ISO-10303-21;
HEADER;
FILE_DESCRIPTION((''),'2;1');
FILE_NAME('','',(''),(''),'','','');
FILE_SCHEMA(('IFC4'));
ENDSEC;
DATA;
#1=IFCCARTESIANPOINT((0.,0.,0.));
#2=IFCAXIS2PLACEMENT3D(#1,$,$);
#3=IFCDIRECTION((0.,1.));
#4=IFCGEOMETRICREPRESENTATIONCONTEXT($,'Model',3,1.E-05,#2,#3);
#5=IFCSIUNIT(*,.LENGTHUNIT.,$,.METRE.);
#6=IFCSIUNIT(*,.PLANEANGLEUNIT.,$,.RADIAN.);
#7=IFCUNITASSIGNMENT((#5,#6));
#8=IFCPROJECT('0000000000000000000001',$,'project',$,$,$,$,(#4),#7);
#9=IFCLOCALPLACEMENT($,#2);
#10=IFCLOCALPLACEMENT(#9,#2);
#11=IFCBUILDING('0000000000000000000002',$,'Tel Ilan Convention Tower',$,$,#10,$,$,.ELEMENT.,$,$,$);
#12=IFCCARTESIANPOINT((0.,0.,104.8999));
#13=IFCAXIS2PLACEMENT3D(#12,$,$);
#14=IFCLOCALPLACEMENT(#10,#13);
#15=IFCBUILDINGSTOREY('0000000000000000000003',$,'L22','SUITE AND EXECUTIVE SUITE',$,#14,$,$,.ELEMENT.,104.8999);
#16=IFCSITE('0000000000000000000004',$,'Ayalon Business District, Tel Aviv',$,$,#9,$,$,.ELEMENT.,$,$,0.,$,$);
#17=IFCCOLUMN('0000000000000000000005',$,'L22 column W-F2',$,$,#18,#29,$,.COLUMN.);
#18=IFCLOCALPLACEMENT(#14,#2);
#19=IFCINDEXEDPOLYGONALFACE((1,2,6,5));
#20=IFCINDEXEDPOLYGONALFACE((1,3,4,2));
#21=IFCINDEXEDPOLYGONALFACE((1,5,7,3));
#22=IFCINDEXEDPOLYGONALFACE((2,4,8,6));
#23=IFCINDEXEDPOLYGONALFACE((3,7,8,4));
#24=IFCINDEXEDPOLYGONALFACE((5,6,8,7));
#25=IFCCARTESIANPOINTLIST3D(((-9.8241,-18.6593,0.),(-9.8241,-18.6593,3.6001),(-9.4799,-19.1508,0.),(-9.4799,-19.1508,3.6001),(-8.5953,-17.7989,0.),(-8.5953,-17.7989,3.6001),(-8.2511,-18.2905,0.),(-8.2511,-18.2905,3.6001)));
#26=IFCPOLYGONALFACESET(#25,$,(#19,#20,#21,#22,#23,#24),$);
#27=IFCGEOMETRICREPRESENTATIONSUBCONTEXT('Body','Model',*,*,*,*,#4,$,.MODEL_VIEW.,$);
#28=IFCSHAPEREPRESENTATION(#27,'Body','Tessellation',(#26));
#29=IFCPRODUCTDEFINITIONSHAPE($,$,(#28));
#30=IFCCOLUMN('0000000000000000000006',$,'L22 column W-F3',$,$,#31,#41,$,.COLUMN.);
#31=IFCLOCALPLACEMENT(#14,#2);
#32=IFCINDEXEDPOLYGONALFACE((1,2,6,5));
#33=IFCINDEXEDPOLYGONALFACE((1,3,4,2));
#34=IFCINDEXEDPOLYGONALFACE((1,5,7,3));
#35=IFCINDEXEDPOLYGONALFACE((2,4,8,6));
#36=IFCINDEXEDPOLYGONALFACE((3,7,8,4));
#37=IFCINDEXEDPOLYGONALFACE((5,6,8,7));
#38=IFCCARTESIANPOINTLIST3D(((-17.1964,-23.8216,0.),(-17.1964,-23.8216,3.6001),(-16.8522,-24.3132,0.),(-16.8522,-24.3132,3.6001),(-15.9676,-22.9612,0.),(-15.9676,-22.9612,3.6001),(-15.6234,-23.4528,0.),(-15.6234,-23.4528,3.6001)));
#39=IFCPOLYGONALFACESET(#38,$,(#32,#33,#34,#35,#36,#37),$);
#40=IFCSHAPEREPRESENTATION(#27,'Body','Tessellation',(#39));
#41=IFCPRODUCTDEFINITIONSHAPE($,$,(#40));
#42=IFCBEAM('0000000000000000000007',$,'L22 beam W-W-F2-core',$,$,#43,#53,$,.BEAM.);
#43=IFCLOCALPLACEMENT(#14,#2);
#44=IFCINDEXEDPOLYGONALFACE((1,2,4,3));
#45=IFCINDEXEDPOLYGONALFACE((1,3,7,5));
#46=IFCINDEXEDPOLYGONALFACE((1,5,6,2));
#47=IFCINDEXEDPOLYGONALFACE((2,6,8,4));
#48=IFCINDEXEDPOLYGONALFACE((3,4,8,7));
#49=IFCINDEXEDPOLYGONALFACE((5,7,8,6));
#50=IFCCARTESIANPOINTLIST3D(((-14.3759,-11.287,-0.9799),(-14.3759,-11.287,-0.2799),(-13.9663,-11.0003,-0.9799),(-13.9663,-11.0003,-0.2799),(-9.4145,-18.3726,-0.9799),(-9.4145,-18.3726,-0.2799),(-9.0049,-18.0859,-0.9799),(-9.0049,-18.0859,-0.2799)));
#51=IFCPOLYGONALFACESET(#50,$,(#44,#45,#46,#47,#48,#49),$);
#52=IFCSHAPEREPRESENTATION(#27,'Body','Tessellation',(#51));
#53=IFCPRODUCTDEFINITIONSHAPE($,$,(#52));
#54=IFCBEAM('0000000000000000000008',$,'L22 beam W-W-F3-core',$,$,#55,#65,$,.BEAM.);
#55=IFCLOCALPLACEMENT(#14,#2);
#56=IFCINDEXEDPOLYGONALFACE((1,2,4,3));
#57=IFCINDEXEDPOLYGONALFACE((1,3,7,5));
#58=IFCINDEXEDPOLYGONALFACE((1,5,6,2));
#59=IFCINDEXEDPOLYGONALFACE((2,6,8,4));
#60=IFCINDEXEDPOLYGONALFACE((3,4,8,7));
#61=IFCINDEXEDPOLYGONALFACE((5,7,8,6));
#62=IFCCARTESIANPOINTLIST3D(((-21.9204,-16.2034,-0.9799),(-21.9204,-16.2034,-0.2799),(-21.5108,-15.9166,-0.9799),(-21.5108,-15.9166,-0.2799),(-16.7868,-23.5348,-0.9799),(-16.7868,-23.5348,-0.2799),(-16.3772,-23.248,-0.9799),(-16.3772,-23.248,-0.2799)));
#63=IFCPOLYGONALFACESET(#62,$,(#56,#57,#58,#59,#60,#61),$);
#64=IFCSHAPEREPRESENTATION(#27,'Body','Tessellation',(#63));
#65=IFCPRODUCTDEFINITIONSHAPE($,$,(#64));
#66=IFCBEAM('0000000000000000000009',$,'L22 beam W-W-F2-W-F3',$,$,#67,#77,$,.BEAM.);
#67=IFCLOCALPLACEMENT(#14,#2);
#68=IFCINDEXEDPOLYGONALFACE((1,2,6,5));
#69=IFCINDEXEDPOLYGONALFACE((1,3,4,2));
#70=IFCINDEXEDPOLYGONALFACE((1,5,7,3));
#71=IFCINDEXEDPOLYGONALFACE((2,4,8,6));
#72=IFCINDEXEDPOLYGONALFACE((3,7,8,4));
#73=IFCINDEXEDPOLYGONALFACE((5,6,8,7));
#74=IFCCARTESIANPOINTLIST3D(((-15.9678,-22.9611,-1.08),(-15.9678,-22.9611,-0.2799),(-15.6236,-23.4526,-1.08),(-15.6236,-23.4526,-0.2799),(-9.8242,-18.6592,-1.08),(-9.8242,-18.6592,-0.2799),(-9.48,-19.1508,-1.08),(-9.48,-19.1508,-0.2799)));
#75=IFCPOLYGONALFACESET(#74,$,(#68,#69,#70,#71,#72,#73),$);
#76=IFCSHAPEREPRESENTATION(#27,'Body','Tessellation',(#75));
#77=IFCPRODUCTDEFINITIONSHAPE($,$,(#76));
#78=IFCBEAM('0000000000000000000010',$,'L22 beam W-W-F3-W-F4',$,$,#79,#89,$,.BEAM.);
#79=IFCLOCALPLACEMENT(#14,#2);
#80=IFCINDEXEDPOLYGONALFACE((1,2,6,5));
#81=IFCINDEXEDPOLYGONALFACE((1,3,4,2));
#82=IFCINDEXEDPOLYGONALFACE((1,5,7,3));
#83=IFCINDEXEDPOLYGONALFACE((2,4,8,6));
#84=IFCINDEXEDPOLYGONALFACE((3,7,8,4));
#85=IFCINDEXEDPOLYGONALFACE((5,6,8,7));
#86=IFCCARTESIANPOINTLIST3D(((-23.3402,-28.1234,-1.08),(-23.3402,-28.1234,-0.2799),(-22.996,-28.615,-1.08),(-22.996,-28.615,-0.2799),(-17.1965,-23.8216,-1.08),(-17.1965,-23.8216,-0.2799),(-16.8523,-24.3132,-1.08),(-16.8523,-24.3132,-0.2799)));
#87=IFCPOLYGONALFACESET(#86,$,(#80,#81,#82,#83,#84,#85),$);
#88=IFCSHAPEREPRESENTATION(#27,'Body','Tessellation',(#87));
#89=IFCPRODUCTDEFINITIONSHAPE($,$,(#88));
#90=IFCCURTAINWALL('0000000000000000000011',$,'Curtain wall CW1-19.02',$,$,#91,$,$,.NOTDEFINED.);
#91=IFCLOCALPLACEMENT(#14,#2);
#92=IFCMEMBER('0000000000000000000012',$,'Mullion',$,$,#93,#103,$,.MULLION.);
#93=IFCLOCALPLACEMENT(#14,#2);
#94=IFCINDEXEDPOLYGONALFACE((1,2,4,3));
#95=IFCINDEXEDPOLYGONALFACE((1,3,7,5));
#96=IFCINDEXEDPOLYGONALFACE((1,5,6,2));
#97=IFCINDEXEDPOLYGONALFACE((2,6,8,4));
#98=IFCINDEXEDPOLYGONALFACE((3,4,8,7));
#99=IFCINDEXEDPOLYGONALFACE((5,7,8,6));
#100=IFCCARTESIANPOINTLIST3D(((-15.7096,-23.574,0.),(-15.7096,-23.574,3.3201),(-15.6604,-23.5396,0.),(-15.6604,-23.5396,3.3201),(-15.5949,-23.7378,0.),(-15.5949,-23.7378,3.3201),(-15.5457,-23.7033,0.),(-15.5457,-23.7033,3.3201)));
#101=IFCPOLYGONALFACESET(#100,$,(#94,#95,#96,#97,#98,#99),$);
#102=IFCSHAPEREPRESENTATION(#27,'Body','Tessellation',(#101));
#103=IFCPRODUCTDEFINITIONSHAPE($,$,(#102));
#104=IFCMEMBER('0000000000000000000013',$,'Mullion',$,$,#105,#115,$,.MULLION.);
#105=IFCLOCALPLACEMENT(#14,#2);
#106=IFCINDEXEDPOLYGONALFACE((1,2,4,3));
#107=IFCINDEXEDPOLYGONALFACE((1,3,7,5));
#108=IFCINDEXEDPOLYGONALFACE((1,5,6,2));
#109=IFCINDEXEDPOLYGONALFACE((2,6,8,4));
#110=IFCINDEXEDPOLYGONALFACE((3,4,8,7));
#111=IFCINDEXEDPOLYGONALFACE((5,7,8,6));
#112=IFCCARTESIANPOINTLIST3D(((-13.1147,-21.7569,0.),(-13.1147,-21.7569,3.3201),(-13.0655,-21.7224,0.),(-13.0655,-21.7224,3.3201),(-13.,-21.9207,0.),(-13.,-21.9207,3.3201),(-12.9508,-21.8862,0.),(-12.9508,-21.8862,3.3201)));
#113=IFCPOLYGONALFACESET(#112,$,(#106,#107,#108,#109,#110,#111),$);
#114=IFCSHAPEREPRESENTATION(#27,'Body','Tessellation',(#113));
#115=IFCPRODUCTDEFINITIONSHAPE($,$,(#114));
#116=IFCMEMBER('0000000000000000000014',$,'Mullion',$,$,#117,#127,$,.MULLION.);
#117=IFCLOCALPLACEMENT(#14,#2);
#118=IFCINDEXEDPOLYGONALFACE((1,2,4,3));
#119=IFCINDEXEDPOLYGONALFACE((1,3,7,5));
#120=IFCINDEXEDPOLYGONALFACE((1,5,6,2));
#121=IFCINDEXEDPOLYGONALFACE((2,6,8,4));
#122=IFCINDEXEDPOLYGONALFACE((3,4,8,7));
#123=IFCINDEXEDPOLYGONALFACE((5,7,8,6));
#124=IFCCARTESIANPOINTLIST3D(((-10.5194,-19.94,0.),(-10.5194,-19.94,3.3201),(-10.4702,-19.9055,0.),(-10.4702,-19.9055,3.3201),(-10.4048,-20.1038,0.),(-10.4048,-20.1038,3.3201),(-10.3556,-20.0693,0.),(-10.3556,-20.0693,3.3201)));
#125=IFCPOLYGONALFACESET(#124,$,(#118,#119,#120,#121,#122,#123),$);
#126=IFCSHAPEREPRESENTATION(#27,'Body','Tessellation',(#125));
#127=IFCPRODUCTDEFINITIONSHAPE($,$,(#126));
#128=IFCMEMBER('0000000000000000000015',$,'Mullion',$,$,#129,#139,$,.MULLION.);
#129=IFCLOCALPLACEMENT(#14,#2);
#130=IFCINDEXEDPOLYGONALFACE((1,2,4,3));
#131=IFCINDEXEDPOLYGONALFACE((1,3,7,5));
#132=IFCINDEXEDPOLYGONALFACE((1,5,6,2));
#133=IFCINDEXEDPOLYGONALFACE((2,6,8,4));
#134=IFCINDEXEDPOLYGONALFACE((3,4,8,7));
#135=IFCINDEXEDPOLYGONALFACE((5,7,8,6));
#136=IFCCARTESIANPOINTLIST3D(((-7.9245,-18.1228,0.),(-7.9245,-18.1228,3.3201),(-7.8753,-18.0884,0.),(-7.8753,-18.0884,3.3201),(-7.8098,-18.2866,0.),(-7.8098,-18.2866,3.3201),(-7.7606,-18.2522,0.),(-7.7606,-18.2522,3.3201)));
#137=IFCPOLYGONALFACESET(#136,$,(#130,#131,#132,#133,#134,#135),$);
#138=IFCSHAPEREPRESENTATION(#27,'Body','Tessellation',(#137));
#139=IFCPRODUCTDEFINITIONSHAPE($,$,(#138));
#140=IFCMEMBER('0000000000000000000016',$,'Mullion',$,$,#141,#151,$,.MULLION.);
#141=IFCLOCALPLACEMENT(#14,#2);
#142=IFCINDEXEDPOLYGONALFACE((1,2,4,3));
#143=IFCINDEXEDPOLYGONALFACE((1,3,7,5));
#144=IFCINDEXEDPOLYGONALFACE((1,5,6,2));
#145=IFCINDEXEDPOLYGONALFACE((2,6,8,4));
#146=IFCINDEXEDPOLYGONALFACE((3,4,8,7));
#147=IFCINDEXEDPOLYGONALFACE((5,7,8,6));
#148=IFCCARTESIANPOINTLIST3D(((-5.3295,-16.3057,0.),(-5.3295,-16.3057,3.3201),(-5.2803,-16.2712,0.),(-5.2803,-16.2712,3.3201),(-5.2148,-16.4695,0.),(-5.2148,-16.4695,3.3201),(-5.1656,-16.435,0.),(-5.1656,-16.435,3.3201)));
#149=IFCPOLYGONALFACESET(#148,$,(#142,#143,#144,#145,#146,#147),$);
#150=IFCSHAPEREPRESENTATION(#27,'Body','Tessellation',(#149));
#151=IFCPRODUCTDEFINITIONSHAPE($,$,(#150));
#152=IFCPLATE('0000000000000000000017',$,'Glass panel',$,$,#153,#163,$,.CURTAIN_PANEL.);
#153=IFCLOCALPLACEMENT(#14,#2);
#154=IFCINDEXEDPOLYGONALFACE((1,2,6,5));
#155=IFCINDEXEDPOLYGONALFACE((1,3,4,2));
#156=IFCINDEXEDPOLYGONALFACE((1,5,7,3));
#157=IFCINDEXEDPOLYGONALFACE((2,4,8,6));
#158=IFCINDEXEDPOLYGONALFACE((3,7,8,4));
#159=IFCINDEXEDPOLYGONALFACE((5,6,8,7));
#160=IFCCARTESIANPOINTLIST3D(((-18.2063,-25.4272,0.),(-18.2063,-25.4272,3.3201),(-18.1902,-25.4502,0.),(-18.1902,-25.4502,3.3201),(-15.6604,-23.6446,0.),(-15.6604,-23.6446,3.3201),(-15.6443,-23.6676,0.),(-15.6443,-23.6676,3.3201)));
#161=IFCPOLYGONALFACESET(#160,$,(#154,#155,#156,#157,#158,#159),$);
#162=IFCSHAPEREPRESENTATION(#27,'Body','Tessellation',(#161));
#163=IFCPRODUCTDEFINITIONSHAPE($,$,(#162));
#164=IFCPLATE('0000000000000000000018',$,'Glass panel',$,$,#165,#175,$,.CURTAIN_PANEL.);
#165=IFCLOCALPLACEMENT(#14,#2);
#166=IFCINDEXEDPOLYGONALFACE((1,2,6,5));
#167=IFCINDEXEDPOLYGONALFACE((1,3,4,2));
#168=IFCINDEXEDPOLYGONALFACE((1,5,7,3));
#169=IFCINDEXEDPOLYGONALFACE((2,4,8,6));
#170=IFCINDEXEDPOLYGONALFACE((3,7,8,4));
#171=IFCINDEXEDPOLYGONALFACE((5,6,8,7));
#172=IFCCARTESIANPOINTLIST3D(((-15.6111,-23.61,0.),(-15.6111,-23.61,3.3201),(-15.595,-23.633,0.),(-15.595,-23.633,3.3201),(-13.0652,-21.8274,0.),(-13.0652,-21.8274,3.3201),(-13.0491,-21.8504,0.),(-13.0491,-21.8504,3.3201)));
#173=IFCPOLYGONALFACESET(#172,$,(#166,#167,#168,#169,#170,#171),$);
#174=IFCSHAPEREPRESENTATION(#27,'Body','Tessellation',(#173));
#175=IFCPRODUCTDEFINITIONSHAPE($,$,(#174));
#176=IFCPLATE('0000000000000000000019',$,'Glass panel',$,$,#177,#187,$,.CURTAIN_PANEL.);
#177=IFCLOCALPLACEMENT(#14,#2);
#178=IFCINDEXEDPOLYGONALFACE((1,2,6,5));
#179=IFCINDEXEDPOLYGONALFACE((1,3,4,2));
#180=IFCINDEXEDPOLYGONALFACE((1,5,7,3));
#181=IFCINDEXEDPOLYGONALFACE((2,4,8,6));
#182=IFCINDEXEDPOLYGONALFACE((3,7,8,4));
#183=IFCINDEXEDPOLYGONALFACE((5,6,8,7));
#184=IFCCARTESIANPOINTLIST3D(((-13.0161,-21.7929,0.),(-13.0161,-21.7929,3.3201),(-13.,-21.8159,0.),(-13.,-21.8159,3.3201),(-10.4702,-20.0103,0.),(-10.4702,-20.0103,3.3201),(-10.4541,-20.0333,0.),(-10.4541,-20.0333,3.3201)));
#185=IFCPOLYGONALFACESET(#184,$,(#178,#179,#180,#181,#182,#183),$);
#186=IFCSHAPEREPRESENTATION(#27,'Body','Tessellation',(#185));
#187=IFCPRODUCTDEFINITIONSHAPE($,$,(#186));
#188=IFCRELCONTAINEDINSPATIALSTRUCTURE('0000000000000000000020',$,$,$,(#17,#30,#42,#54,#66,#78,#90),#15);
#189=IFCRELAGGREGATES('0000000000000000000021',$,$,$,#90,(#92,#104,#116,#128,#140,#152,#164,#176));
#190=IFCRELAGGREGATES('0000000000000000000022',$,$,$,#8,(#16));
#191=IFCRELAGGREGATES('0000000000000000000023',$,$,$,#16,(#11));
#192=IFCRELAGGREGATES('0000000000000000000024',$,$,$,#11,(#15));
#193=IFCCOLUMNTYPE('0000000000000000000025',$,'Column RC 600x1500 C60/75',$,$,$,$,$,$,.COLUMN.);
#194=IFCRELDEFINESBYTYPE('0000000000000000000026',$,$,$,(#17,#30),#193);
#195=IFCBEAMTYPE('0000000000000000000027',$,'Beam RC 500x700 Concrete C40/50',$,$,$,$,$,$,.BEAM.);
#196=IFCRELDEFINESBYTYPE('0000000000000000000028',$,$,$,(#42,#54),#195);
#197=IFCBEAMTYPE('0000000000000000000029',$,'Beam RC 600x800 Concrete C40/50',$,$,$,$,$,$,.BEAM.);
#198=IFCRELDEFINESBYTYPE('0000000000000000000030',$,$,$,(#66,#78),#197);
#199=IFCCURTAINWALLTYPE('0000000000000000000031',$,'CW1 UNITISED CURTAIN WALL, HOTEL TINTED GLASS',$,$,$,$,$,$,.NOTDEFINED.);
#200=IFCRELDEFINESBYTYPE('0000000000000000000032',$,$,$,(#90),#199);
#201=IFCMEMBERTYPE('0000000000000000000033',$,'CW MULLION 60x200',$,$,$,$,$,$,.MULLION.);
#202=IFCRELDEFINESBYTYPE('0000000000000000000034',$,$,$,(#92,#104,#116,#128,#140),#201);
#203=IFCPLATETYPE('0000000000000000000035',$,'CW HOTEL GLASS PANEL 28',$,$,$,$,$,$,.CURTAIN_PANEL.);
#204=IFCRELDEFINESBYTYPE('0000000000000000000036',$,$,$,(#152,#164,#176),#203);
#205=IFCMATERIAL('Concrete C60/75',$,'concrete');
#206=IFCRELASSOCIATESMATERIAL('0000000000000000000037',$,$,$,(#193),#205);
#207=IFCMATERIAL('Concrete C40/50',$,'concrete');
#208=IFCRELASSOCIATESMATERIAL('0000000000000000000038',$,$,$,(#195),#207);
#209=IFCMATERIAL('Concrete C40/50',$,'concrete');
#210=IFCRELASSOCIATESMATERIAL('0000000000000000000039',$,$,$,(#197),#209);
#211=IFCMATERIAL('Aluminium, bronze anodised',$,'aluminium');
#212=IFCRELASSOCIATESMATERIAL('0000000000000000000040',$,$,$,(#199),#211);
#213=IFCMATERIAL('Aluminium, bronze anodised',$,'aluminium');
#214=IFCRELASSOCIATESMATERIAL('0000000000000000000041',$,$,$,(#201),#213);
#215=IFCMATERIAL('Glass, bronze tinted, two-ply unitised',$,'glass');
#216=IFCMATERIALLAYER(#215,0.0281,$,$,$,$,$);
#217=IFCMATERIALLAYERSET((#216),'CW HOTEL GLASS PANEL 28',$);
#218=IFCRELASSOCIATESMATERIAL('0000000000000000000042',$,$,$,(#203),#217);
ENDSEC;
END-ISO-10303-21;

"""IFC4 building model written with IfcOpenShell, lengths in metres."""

from ifc_helpers import new_model, si_unit, direction, frame, origin, origin_2d, place, context, subcontext, project, spatial, rectangle, extrude, material, layer, layer_set, material_profile, profile_set, type_object, element, aggregate, save


model = new_model("IFC4")

# Units and contexts
model_context = context("Model", 3, precision=1e-05, world=origin(), true_north=direction((0.0, 1.0)))
body_context = subcontext(model_context, "Body", "Model", "MODEL_VIEW")
ifc_project = project(units=[si_unit("LENGTHUNIT", "METRE"), si_unit("PLANEANGLEUNIT", "RADIAN")], contexts=[model_context])

# Site, building, storey
site_placement = place(None, origin())
site = spatial("IfcSite", under=ifc_project, at=site_placement, Name="Ayalon Business District, Tel Aviv", CompositionType="ELEMENT", RefElevation=0.0)
building_placement = place(site_placement, origin())
building = spatial("IfcBuilding", under=site, at=building_placement, Name="Tel Ilan Convention Tower", CompositionType="ELEMENT")
storey_placement = place(building_placement, frame((0.0, 0.0, 104.8999)))
storey = spatial("IfcBuildingStorey", under=building, at=storey_placement, Name="L22", Description="SUITE AND EXECUTIVE SUITE", CompositionType="ELEMENT", Elevation=104.8999)

# Columns
ifc_material_1 = material(Name="Concrete C60/75", Category="concrete")
ifc_material_profile_1 = material_profile(ifc_material_1, rectangle(XDim=1.5, YDim=0.6001, at=origin_2d()), Name="RC 600x1500")
ifc_profile_set_1 = profile_set([ifc_material_profile_1], Name="Concrete C60/75")
column_type = type_object("IfcColumnType", Name="Column RC 600x1500 C60/75", PredefinedType="COLUMN", material=ifc_profile_set_1)
for number, where, z_axis, x_axis, name in (
    (1, (-9.0376, -18.4749, 0.0), (0.0, 0.0, 1.0), (-0.819152, -0.573576, 0.0), "L22 column W-F2"),
    (2, (-16.4099, -23.6372, 0.0), (0.0, 0.0, 1.0), (-0.819152, -0.573576, 0.0), "L22 column W-F3"),
):
    element("IfcColumn", number, at=place(storey_placement, frame(where, z_axis=z_axis, x_axis=x_axis)), inside=storey, type_object=column_type, Name=name, PredefinedType="COLUMN", context=body_context, shape_type="SweptSolid", body=[
        extrude(rectangle(XDim=1.5, YDim=0.6001, at=origin_2d()), origin(), (0.0, 0.0, 1.0), 3.6001),
    ])

# Beams
ifc_material_2 = material(Name="Concrete C40/50", Category="concrete")
ifc_material_profile_2 = material_profile(ifc_material_2, rectangle(XDim=0.5, YDim=0.7, at=origin_2d()), Name="RC 500x700")
ifc_profile_set_2 = profile_set([ifc_material_profile_2], Name="Concrete C40/50")
beam_type_1 = type_object("IfcBeamType", Name="Beam RC 500x700 Concrete C40/50", PredefinedType="BEAM", material=ifc_profile_set_2)
beam_1_placement = place(storey_placement, frame((-9.2097, -18.2292, -0.6299), z_axis=(-0.573574, 0.819154, 0.0), x_axis=(-0.819154, -0.573574, 0.0)))
element("IfcBeam", 3, at=beam_1_placement, inside=storey, type_object=beam_type_1, Name="L22 beam W-W-F2-core", PredefinedType="BEAM", context=body_context, shape_type="SweptSolid", body=[
    extrude(rectangle(XDim=0.5, YDim=0.7, at=origin_2d()), origin(), (0.0, 0.0, 1.0), 8.6499),
])
beam_2_placement = place(storey_placement, frame((-16.582, -23.3914, -0.6299), z_axis=(-0.573585, 0.819146, 0.0), x_axis=(-0.819146, -0.573585, 0.0)))
element("IfcBeam", 4, at=beam_2_placement, inside=storey, type_object=beam_type_1, Name="L22 beam W-W-F3-core", PredefinedType="BEAM", context=body_context, shape_type="SweptSolid", body=[
    extrude(rectangle(XDim=0.5, YDim=0.7, at=origin_2d()), origin(), (0.0, 0.0, 1.0), 8.95),
])
ifc_material_3 = material(Name="Concrete C40/50", Category="concrete")
ifc_material_profile_3 = material_profile(ifc_material_3, rectangle(XDim=0.6001, YDim=0.8, at=origin_2d()), Name="RC 600x800")
ifc_profile_set_3 = profile_set([ifc_material_profile_3], Name="Concrete C40/50")
beam_type_2 = type_object("IfcBeamType", Name="Beam RC 600x800 Concrete C40/50", PredefinedType="BEAM", material=ifc_profile_set_3)
for number, where, z_axis, x_axis, name in (
    (5, (-9.6521, -18.905, -0.6799), (-0.819152, -0.573576, 0.0), (0.573576, -0.819152, 0.0), "L22 beam W-W-F2-W-F3"),
    (6, (-17.0244, -24.0674, -0.6799), (-0.819152, -0.573576, 0.0), (0.573576, -0.819152, 0.0), "L22 beam W-W-F3-W-F4"),
):
    element("IfcBeam", number, at=place(storey_placement, frame(where, z_axis=z_axis, x_axis=x_axis)), inside=storey, type_object=beam_type_2, Name=name, PredefinedType="BEAM", context=body_context, shape_type="SweptSolid", body=[
        extrude(rectangle(XDim=0.6001, YDim=0.8, at=origin_2d()), origin(), (0.0, 0.0, 1.0), 7.5),
    ])

# Curtain wall, members, plates
ifc_material_4 = material(Name="Aluminium, bronze anodised", Category="aluminium")
curtain_wall_type = type_object("IfcCurtainWallType", Name="CW1 UNITISED CURTAIN WALL, HOTEL TINTED GLASS", PredefinedType="NOTDEFINED", material=ifc_material_4)
curtain_wall_placement = place(storey_placement, origin())
curtain_wall = element("IfcCurtainWall", 7, at=curtain_wall_placement, inside=storey, type_object=curtain_wall_type, Name="Curtain wall CW1-19.02", PredefinedType="NOTDEFINED")
ifc_material_5 = material(Name="Aluminium, bronze anodised", Category="aluminium")
ifc_material_profile_4 = material_profile(ifc_material_5, rectangle(XDim=0.0601, YDim=0.2, at=origin_2d()), Name="CW MULLION 60x200")
ifc_profile_set_4 = profile_set([ifc_material_profile_4], Name="Aluminium, bronze anodised")
member_type = type_object("IfcMemberType", Name="CW MULLION 60x200", PredefinedType="MULLION", material=ifc_profile_set_4)
member_1_placement = place(storey_placement, frame((-15.6277, -23.6387, 0.0), z_axis=(0.0, 0.0, 1.0), x_axis=(0.819152, 0.573576, 0.0)))
member_1 = element("IfcMember", 8, at=member_1_placement, type_object=member_type, Name="Mullion", PredefinedType="MULLION", context=body_context, shape_type="SweptSolid", body=[
    extrude(rectangle(XDim=0.0601, YDim=0.2, at=origin_2d()), origin(), (0.0, 0.0, 1.0), 3.3201),
])
member_2_placement = place(storey_placement, frame((-13.0327, -21.8215, 0.0), z_axis=(0.0, 0.0, 1.0), x_axis=(0.819152, 0.573576, 0.0)))
member_2 = element("IfcMember", 9, at=member_2_placement, type_object=member_type, Name="Mullion", PredefinedType="MULLION", context=body_context, shape_type="SweptSolid", body=[
    extrude(rectangle(XDim=0.0601, YDim=0.2, at=origin_2d()), origin(), (0.0, 0.0, 1.0), 3.3201),
])
member_3_placement = place(storey_placement, frame((-10.4375, -20.0046, 0.0), z_axis=(0.0, 0.0, 1.0), x_axis=(0.819152, 0.573576, 0.0)))
member_3 = element("IfcMember", 10, at=member_3_placement, type_object=member_type, Name="Mullion", PredefinedType="MULLION", context=body_context, shape_type="SweptSolid", body=[
    extrude(rectangle(XDim=0.0601, YDim=0.2, at=origin_2d()), origin(), (0.0, 0.0, 1.0), 3.3201),
])
member_4_placement = place(storey_placement, frame((-7.8425, -18.1875, 0.0), z_axis=(0.0, 0.0, 1.0), x_axis=(0.819152, 0.573576, 0.0)))
member_4 = element("IfcMember", 11, at=member_4_placement, type_object=member_type, Name="Mullion", PredefinedType="MULLION", context=body_context, shape_type="SweptSolid", body=[
    extrude(rectangle(XDim=0.0601, YDim=0.2, at=origin_2d()), origin(), (0.0, 0.0, 1.0), 3.3201),
])
member_5_placement = place(storey_placement, frame((-5.2476, -16.3704, 0.0), z_axis=(0.0, 0.0, 1.0), x_axis=(0.819152, 0.573576, 0.0)))
member_5 = element("IfcMember", 12, at=member_5_placement, type_object=member_type, Name="Mullion", PredefinedType="MULLION", context=body_context, shape_type="SweptSolid", body=[
    extrude(rectangle(XDim=0.0601, YDim=0.2, at=origin_2d()), origin(), (0.0, 0.0, 1.0), 3.3201),
])
ifc_material_6 = material(Name="Glass, bronze tinted, two-ply unitised", Category="glass")
ifc_layer_1 = layer(ifc_material_6, 0.0281)
ifc_layer_set_1 = layer_set([ifc_layer_1], Name="CW HOTEL GLASS PANEL 28")
plate_type = type_object("IfcPlateType", Name="CW HOTEL GLASS PANEL 28", PredefinedType="CURTAIN_PANEL", material=ifc_layer_set_1)
plate_1_placement = place(storey_placement, frame((-16.9253, -24.5474, 0.0), z_axis=(0.0, 0.0, 1.0), x_axis=(0.819152, 0.573576, 0.0)))
plate_1 = element("IfcPlate", 13, at=plate_1_placement, type_object=plate_type, Name="Glass panel", PredefinedType="CURTAIN_PANEL", context=body_context, shape_type="SweptSolid", body=[
    extrude(rectangle(XDim=3.1079, YDim=0.0281, at=origin_2d()), origin(), (0.0, 0.0, 1.0), 3.3201),
])
plate_2_placement = place(storey_placement, frame((-14.3301, -22.7302, 0.0), z_axis=(0.0, 0.0, 1.0), x_axis=(0.819152, 0.573576, 0.0)))
plate_2 = element("IfcPlate", 14, at=plate_2_placement, type_object=plate_type, Name="Glass panel", PredefinedType="CURTAIN_PANEL", context=body_context, shape_type="SweptSolid", body=[
    extrude(rectangle(XDim=3.1079, YDim=0.0281, at=origin_2d()), origin(), (0.0, 0.0, 1.0), 3.3201),
])
plate_3_placement = place(storey_placement, frame((-11.7351, -20.9131, 0.0), z_axis=(0.0, 0.0, 1.0), x_axis=(0.819152, 0.573576, 0.0)))
plate_3 = element("IfcPlate", 15, at=plate_3_placement, type_object=plate_type, Name="Glass panel", PredefinedType="CURTAIN_PANEL", context=body_context, shape_type="SweptSolid", body=[
    extrude(rectangle(XDim=3.1079, YDim=0.0281, at=origin_2d()), origin(), (0.0, 0.0, 1.0), 3.3201),
])
aggregate(curtain_wall, [member_1, member_2, member_3, member_4, member_5, plate_1, plate_2, plate_3])

save(model, "model.ifc")
